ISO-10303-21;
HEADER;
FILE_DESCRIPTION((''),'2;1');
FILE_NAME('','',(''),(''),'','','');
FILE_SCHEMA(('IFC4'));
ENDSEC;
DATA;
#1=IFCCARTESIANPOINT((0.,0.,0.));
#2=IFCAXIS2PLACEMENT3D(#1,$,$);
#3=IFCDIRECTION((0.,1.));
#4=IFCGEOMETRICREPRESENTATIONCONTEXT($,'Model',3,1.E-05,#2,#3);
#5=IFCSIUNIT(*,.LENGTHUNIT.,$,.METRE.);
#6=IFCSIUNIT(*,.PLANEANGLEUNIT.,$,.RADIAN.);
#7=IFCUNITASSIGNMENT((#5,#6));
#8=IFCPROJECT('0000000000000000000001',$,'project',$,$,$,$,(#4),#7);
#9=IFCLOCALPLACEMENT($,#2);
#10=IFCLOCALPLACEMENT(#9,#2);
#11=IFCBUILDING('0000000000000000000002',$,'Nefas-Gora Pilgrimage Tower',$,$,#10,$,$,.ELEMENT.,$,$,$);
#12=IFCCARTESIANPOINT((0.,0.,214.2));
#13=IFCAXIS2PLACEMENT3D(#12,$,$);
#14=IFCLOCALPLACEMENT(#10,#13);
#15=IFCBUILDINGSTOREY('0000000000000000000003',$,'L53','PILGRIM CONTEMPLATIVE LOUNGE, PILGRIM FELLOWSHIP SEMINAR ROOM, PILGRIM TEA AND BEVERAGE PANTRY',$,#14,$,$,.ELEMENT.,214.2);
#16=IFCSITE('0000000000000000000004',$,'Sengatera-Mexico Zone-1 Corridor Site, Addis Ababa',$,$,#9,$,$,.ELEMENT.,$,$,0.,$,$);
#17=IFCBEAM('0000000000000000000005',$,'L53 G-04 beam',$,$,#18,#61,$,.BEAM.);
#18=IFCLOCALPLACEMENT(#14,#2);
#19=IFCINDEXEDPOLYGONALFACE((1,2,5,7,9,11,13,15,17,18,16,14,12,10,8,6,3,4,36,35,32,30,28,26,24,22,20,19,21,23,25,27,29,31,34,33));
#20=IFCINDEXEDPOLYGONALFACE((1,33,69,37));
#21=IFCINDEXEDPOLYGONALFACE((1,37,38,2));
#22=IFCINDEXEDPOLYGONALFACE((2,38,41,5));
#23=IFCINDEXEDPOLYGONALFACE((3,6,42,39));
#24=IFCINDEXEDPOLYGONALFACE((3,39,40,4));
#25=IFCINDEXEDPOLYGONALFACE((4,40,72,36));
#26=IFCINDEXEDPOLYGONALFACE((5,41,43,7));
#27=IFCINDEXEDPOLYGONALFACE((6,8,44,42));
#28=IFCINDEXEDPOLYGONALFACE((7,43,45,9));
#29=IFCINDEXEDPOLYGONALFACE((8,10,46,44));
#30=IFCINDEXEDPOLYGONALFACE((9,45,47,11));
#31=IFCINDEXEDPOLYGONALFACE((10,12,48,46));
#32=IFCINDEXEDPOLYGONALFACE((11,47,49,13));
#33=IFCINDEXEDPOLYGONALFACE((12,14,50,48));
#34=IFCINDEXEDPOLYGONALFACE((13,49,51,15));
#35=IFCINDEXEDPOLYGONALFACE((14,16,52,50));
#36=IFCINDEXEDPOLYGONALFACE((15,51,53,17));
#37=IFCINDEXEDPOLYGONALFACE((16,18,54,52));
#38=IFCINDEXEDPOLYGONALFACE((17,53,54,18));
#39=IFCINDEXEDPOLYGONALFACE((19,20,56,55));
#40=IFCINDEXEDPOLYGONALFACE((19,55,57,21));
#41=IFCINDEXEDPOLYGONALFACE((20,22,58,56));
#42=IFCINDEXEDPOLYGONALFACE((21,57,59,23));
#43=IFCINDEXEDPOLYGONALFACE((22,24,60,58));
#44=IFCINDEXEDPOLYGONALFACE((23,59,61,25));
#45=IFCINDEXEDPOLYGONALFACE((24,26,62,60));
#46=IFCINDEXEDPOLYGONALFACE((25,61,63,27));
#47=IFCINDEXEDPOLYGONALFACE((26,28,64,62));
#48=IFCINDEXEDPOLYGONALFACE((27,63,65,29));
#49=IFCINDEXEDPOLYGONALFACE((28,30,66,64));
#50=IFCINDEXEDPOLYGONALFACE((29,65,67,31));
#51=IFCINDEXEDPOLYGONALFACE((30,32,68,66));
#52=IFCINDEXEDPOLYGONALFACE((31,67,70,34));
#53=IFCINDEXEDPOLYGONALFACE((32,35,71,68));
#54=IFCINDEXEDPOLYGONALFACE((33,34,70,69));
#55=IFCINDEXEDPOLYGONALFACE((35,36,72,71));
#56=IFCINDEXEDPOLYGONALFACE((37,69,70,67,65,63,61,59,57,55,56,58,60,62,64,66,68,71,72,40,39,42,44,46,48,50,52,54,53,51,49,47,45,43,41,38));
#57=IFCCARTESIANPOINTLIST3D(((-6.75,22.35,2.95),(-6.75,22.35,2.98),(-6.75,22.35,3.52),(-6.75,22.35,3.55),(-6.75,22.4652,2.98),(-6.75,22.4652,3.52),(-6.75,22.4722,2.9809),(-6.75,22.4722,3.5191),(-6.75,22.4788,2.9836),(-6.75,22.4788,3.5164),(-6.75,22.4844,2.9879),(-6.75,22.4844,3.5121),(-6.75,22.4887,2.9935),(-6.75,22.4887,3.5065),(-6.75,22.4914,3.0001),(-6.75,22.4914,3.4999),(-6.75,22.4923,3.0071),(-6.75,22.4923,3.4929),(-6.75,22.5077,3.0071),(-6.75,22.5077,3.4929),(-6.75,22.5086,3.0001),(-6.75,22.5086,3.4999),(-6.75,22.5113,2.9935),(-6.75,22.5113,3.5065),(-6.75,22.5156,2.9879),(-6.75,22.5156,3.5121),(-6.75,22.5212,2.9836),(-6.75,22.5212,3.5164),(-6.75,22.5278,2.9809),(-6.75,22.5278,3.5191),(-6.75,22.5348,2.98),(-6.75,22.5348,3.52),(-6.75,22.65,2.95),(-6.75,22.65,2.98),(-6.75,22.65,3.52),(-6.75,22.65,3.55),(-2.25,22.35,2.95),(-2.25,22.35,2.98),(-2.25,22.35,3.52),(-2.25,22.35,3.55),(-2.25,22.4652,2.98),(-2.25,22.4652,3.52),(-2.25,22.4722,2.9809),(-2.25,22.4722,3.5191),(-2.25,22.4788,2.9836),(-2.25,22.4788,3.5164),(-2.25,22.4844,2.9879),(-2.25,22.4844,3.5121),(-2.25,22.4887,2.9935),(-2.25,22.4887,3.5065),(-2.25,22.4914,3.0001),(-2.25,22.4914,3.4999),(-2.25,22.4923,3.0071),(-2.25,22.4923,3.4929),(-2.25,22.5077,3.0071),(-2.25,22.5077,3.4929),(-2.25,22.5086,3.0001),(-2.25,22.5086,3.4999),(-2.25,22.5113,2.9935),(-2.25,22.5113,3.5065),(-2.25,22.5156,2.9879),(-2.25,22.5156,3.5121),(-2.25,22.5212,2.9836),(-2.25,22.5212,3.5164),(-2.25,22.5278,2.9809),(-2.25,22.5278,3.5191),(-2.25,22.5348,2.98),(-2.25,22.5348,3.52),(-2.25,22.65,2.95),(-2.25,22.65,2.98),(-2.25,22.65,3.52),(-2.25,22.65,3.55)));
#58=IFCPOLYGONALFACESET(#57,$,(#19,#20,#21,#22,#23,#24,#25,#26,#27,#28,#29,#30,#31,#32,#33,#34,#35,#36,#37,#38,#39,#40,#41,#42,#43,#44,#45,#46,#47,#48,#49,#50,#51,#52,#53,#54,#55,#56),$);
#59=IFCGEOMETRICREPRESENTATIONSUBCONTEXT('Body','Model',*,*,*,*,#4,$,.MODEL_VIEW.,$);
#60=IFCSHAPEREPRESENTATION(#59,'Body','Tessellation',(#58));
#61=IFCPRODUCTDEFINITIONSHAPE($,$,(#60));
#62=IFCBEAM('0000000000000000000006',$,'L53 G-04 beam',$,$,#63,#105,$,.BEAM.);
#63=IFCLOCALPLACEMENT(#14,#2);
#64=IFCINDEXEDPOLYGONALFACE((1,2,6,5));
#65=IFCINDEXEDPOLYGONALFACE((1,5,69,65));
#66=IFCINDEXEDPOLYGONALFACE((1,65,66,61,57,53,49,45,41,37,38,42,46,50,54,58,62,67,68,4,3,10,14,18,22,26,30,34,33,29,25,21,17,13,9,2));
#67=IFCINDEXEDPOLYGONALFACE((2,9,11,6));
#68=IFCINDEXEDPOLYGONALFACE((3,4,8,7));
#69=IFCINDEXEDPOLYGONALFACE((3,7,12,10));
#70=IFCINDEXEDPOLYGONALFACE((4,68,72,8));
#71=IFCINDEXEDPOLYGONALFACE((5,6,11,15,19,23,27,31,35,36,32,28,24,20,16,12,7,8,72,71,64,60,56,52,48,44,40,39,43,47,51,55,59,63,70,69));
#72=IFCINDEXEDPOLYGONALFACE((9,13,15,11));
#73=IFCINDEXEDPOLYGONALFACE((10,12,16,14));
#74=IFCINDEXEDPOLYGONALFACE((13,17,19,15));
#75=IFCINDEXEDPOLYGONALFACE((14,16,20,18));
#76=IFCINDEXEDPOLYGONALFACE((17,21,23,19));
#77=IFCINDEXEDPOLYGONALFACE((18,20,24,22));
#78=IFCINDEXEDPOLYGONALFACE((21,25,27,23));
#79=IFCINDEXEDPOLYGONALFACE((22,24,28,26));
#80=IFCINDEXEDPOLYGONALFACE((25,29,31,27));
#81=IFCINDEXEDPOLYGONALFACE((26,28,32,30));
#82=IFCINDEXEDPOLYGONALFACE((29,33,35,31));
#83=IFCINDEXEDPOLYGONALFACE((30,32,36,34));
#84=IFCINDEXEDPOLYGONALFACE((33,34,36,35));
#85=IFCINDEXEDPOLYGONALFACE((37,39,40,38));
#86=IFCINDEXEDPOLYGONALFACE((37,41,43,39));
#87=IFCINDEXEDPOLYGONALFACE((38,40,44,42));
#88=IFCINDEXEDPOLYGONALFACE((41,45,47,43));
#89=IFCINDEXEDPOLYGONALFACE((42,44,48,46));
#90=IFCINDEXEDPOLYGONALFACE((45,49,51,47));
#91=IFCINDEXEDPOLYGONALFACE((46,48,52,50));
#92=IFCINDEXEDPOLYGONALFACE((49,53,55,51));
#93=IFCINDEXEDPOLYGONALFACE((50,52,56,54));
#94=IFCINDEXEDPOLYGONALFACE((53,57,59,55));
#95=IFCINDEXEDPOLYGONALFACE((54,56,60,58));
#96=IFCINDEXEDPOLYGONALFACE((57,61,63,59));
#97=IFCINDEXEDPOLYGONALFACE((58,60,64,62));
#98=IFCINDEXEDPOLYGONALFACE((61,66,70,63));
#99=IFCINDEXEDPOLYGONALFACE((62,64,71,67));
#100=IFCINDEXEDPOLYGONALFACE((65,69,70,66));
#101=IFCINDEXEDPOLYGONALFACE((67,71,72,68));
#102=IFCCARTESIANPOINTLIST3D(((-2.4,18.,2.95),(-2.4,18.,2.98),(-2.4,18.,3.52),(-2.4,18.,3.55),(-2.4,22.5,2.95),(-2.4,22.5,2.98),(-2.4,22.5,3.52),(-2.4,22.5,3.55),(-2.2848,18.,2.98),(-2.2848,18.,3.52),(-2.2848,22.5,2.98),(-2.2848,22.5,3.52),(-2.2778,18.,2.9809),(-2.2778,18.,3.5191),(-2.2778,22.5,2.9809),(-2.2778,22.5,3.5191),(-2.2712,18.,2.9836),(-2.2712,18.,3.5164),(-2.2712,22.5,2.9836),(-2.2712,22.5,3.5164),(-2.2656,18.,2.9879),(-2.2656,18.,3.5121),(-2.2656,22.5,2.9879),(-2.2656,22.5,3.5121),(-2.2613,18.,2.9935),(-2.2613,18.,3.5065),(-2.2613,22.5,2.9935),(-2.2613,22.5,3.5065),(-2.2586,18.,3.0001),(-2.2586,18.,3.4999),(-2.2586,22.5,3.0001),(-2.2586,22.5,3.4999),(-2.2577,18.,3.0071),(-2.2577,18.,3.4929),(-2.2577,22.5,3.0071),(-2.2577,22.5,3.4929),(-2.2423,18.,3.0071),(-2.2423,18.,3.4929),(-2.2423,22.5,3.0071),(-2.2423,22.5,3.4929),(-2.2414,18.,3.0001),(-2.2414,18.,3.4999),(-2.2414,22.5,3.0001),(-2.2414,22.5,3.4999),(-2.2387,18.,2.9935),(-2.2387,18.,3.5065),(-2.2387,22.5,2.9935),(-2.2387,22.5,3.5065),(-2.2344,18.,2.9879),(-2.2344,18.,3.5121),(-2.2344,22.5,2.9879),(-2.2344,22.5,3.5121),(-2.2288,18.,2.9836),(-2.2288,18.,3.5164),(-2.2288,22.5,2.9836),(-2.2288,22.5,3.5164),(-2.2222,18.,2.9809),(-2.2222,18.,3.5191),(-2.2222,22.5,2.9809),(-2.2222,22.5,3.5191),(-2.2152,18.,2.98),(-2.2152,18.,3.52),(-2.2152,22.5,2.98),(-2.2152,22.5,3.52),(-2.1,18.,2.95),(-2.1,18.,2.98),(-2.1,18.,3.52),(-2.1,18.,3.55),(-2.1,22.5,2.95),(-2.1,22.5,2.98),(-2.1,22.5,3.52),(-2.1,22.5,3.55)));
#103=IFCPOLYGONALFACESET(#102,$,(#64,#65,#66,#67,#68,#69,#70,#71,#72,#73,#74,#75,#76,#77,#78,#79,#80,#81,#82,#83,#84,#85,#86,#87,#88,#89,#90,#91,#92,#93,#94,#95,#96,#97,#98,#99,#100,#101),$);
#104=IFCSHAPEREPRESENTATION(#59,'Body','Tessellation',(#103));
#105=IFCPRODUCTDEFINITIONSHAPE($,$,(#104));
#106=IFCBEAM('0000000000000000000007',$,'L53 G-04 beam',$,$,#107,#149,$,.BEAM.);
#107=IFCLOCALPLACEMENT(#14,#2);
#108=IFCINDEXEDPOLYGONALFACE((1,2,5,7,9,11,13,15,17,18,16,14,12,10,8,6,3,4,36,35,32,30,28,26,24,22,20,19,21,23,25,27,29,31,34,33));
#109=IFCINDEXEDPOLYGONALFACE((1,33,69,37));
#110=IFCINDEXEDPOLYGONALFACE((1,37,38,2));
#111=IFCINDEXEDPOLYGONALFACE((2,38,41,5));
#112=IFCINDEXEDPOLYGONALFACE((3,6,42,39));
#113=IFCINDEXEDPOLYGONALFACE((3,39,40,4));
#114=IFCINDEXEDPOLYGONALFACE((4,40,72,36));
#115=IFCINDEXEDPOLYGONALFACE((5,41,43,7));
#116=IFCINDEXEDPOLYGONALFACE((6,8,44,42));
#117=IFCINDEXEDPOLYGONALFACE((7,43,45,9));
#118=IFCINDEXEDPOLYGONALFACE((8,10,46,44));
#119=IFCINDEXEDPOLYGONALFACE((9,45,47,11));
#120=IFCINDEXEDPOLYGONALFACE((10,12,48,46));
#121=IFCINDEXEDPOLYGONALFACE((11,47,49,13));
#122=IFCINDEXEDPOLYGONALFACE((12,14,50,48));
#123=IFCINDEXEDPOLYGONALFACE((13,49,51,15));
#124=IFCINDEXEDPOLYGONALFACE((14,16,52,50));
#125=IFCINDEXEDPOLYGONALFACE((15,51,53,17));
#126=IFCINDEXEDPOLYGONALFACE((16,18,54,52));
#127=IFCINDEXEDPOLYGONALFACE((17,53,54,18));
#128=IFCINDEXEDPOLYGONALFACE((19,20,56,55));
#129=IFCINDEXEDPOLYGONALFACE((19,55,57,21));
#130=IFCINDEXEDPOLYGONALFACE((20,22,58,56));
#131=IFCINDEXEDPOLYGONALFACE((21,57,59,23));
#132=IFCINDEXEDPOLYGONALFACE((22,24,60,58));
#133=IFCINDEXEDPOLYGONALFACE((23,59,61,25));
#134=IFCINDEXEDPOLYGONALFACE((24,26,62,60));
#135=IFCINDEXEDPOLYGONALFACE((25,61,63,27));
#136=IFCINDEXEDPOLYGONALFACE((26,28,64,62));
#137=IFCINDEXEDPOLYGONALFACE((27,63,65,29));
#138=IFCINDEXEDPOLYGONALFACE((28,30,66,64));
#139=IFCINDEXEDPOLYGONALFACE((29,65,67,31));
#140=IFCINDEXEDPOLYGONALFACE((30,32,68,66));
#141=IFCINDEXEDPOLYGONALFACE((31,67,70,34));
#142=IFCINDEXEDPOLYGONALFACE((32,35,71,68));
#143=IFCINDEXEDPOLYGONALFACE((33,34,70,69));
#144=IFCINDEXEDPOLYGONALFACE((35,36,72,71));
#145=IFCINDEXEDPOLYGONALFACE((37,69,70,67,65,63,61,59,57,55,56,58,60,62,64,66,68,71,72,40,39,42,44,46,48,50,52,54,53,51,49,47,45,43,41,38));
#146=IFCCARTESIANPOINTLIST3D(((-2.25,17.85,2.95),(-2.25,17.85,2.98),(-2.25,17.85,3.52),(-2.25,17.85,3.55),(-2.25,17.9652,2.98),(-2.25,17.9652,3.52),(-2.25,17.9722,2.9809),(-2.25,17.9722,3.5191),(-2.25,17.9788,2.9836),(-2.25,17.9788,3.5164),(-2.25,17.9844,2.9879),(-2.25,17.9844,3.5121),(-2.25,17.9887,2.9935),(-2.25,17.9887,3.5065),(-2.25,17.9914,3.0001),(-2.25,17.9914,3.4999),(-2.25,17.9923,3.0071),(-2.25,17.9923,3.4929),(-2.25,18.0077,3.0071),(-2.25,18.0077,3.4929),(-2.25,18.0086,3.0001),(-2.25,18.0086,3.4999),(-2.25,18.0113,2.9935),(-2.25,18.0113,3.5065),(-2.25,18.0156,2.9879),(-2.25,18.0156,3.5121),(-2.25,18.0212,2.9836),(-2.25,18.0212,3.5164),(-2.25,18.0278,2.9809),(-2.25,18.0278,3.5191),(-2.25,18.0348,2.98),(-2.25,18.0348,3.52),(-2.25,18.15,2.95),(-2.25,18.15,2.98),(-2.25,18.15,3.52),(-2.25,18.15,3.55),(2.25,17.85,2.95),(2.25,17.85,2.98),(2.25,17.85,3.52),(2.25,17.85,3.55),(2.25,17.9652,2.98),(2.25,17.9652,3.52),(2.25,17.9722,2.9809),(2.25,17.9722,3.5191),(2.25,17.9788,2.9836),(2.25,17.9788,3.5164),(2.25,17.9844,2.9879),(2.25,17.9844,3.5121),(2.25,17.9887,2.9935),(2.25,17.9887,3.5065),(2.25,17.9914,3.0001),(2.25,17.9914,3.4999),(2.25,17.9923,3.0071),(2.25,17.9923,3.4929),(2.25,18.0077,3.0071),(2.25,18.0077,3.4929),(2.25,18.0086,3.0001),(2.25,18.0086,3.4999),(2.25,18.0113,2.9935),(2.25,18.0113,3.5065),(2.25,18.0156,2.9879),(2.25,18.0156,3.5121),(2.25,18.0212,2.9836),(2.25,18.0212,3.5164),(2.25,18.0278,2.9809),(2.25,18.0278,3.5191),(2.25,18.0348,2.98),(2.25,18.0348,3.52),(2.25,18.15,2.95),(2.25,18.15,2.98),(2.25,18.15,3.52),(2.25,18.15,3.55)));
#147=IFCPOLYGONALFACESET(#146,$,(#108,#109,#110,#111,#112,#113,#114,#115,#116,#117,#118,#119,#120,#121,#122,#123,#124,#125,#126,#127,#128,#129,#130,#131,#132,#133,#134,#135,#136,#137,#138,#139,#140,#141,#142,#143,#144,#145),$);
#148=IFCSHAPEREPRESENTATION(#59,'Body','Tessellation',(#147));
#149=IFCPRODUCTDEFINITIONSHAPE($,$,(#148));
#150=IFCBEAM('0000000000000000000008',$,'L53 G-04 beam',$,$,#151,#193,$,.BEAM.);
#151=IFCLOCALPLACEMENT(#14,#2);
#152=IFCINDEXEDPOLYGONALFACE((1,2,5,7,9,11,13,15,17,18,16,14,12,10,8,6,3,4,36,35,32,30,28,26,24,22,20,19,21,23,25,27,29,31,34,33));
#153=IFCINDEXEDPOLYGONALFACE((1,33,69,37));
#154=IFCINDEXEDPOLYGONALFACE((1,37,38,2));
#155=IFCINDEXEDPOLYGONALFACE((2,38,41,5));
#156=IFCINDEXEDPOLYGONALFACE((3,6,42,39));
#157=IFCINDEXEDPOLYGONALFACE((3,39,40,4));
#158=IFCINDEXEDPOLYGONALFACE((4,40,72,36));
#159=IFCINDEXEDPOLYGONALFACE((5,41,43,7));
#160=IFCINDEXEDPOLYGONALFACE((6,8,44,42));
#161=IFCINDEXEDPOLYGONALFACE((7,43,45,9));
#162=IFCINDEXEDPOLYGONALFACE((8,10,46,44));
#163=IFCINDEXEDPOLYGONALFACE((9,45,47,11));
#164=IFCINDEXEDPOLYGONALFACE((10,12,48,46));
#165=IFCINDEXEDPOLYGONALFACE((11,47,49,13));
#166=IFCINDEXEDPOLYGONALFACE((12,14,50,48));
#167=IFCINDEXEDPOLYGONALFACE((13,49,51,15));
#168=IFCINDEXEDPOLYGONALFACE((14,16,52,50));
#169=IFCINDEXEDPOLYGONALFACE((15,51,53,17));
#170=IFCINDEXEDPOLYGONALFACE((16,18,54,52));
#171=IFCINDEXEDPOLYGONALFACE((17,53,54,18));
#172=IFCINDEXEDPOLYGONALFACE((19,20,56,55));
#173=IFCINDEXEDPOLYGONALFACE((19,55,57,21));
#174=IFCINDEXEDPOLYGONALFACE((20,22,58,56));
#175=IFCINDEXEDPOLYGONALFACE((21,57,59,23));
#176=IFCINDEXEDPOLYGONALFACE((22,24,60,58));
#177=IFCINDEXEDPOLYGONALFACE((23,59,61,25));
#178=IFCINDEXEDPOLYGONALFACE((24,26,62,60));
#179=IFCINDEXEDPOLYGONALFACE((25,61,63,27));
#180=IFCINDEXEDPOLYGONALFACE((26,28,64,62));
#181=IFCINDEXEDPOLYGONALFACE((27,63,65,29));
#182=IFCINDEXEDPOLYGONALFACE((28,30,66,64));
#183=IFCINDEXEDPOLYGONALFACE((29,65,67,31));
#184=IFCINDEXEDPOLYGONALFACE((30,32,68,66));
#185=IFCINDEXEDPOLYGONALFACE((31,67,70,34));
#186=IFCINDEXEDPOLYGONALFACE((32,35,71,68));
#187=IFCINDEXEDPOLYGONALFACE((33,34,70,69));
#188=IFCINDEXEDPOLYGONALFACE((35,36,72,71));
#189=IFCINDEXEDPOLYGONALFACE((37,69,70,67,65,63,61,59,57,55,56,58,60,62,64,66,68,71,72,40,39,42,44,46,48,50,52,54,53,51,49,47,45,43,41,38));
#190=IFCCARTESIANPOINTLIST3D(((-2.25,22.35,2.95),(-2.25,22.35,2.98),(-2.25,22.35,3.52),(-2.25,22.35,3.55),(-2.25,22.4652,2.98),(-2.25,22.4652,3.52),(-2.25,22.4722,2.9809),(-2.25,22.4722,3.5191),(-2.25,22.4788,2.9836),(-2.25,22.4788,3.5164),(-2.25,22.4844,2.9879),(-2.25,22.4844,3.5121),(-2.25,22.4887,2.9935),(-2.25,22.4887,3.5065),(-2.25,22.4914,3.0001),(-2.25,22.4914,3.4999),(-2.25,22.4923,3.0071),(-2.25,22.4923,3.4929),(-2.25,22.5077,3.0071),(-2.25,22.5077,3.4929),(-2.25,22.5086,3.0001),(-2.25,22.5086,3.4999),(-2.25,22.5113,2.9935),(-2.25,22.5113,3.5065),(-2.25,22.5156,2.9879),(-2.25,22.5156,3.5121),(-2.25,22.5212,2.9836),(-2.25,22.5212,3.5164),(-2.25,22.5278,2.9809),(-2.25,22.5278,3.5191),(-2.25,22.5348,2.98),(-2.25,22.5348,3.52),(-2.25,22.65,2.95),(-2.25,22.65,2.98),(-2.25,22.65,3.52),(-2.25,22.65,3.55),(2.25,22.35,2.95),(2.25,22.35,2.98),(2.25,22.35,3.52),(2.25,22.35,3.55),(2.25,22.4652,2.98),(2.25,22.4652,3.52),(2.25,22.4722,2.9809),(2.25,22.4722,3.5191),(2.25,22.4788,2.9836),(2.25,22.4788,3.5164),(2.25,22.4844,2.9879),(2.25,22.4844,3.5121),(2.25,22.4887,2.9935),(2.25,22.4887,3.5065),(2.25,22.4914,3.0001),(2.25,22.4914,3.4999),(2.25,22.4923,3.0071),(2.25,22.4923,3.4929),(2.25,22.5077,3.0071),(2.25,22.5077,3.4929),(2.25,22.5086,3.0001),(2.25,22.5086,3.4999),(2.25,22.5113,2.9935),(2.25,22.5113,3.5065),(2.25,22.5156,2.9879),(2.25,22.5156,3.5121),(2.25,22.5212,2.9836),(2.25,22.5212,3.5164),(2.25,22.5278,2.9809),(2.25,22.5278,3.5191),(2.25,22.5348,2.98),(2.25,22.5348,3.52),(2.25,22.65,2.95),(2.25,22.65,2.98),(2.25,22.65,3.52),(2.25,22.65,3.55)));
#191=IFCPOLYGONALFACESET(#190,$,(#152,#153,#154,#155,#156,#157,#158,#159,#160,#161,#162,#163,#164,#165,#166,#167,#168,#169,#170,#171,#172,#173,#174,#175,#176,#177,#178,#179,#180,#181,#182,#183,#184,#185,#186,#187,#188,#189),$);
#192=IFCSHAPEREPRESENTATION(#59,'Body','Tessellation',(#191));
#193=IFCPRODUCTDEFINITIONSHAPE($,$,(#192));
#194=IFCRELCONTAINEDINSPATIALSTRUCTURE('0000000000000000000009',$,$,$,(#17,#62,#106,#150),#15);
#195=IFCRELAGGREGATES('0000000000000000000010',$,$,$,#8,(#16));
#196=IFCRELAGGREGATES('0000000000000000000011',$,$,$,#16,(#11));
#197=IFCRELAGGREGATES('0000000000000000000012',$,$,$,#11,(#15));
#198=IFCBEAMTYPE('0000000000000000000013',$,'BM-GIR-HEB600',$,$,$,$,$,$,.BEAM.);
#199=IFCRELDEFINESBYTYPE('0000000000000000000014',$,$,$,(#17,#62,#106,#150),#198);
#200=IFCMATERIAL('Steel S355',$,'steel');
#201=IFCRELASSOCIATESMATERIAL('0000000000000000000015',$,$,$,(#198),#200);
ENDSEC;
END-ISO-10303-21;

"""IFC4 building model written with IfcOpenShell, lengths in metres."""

from ifc_helpers import new_model, si_unit, direction, frame, origin, origin_2d, place, context, subcontext, project, spatial, i_section, extrude, source, transform, mapped, material, material_profile, profile_set, type_object, element, save


model = new_model("IFC4")

# Units and contexts
model_context = context("Model", 3, precision=1e-05, world=origin(), true_north=direction((0.0, 1.0)))
body_context = subcontext(model_context, "Body", "Model", "MODEL_VIEW")
ifc_project = project(units=[si_unit("LENGTHUNIT", "METRE"), si_unit("PLANEANGLEUNIT", "RADIAN")], contexts=[model_context])

# Site, building, storey
site_placement = place(None, origin())
site = spatial("IfcSite", under=ifc_project, at=site_placement, Name="Sengatera-Mexico Zone-1 Corridor Site, Addis Ababa", CompositionType="ELEMENT", RefElevation=0.0)
building_placement = place(site_placement, origin())
building = spatial("IfcBuilding", under=site, at=building_placement, Name="Nefas-Gora Pilgrimage Tower", CompositionType="ELEMENT")
storey_placement = place(building_placement, frame((0.0, 0.0, 214.2)))
storey = spatial("IfcBuildingStorey", under=building, at=storey_placement, Name="L53", Description="PILGRIM CONTEMPLATIVE LOUNGE, PILGRIM FELLOWSHIP SEMINAR ROOM, PILGRIM TEA AND BEVERAGE PANTRY", CompositionType="ELEMENT", Elevation=214.2)

# Beams
ifc_material_1 = material(Name="Steel S355", Category="steel")
ifc_material_profile_1 = material_profile(ifc_material_1, i_section(OverallWidth=0.3, OverallDepth=0.6001, WebThickness=0.0154, FlangeThickness=0.03, FilletRadius=0.0271, at=origin_2d()), Name="HEB 600")
ifc_profile_set_1 = profile_set([ifc_material_profile_1], Name="Steel S355")
beam_type_1 = type_object("IfcBeamType", Name="BM-GIR-HEB600", PredefinedType="BEAM", material=ifc_profile_set_1)
shared_shape_1 = source(origin(), body_context, "Body", "SweptSolid", [
    extrude(i_section(OverallWidth=0.3, OverallDepth=0.6001, WebThickness=0.0154, FlangeThickness=0.03, FilletRadius=0.0271, at=origin_2d()), origin(), (0.0, 0.0, 1.0), 4.5),
])
for number, where, z_axis, x_axis, name in (
    (1, (-6.75, 22.5, 3.25), (1.0, 0.0, 0.0), (0.0, 1.0, 0.0), "L53 G-04 beam"),
    (2, (-2.25, 18.0, 3.25), (0.0, 1.0, 0.0), (-1.0, 0.0, 0.0), "L53 G-04 beam"),
    (3, (-2.25, 18.0, 3.25), (1.0, 0.0, 0.0), (0.0, 1.0, 0.0), "L53 G-04 beam"),
    (4, (-2.25, 22.5, 3.25), (1.0, 0.0, 0.0), (0.0, 1.0, 0.0), "L53 G-04 beam"),
):
    element("IfcBeam", number, at=place(storey_placement, frame(where, z_axis=z_axis, x_axis=x_axis)), inside=storey, type_object=beam_type_1, Name=name, PredefinedType="BEAM", context=body_context, shape_type="MappedRepresentation", body=[
        mapped(shared_shape_1, transform((0.0, 0.0, 0.0), x_axis=(1.0, 0.0, 0.0), y_axis=(0.0, 1.0, 0.0), z_axis=(0.0, 0.0, 1.0), scale=1.0)),
    ])

save(model, "model.ifc")
